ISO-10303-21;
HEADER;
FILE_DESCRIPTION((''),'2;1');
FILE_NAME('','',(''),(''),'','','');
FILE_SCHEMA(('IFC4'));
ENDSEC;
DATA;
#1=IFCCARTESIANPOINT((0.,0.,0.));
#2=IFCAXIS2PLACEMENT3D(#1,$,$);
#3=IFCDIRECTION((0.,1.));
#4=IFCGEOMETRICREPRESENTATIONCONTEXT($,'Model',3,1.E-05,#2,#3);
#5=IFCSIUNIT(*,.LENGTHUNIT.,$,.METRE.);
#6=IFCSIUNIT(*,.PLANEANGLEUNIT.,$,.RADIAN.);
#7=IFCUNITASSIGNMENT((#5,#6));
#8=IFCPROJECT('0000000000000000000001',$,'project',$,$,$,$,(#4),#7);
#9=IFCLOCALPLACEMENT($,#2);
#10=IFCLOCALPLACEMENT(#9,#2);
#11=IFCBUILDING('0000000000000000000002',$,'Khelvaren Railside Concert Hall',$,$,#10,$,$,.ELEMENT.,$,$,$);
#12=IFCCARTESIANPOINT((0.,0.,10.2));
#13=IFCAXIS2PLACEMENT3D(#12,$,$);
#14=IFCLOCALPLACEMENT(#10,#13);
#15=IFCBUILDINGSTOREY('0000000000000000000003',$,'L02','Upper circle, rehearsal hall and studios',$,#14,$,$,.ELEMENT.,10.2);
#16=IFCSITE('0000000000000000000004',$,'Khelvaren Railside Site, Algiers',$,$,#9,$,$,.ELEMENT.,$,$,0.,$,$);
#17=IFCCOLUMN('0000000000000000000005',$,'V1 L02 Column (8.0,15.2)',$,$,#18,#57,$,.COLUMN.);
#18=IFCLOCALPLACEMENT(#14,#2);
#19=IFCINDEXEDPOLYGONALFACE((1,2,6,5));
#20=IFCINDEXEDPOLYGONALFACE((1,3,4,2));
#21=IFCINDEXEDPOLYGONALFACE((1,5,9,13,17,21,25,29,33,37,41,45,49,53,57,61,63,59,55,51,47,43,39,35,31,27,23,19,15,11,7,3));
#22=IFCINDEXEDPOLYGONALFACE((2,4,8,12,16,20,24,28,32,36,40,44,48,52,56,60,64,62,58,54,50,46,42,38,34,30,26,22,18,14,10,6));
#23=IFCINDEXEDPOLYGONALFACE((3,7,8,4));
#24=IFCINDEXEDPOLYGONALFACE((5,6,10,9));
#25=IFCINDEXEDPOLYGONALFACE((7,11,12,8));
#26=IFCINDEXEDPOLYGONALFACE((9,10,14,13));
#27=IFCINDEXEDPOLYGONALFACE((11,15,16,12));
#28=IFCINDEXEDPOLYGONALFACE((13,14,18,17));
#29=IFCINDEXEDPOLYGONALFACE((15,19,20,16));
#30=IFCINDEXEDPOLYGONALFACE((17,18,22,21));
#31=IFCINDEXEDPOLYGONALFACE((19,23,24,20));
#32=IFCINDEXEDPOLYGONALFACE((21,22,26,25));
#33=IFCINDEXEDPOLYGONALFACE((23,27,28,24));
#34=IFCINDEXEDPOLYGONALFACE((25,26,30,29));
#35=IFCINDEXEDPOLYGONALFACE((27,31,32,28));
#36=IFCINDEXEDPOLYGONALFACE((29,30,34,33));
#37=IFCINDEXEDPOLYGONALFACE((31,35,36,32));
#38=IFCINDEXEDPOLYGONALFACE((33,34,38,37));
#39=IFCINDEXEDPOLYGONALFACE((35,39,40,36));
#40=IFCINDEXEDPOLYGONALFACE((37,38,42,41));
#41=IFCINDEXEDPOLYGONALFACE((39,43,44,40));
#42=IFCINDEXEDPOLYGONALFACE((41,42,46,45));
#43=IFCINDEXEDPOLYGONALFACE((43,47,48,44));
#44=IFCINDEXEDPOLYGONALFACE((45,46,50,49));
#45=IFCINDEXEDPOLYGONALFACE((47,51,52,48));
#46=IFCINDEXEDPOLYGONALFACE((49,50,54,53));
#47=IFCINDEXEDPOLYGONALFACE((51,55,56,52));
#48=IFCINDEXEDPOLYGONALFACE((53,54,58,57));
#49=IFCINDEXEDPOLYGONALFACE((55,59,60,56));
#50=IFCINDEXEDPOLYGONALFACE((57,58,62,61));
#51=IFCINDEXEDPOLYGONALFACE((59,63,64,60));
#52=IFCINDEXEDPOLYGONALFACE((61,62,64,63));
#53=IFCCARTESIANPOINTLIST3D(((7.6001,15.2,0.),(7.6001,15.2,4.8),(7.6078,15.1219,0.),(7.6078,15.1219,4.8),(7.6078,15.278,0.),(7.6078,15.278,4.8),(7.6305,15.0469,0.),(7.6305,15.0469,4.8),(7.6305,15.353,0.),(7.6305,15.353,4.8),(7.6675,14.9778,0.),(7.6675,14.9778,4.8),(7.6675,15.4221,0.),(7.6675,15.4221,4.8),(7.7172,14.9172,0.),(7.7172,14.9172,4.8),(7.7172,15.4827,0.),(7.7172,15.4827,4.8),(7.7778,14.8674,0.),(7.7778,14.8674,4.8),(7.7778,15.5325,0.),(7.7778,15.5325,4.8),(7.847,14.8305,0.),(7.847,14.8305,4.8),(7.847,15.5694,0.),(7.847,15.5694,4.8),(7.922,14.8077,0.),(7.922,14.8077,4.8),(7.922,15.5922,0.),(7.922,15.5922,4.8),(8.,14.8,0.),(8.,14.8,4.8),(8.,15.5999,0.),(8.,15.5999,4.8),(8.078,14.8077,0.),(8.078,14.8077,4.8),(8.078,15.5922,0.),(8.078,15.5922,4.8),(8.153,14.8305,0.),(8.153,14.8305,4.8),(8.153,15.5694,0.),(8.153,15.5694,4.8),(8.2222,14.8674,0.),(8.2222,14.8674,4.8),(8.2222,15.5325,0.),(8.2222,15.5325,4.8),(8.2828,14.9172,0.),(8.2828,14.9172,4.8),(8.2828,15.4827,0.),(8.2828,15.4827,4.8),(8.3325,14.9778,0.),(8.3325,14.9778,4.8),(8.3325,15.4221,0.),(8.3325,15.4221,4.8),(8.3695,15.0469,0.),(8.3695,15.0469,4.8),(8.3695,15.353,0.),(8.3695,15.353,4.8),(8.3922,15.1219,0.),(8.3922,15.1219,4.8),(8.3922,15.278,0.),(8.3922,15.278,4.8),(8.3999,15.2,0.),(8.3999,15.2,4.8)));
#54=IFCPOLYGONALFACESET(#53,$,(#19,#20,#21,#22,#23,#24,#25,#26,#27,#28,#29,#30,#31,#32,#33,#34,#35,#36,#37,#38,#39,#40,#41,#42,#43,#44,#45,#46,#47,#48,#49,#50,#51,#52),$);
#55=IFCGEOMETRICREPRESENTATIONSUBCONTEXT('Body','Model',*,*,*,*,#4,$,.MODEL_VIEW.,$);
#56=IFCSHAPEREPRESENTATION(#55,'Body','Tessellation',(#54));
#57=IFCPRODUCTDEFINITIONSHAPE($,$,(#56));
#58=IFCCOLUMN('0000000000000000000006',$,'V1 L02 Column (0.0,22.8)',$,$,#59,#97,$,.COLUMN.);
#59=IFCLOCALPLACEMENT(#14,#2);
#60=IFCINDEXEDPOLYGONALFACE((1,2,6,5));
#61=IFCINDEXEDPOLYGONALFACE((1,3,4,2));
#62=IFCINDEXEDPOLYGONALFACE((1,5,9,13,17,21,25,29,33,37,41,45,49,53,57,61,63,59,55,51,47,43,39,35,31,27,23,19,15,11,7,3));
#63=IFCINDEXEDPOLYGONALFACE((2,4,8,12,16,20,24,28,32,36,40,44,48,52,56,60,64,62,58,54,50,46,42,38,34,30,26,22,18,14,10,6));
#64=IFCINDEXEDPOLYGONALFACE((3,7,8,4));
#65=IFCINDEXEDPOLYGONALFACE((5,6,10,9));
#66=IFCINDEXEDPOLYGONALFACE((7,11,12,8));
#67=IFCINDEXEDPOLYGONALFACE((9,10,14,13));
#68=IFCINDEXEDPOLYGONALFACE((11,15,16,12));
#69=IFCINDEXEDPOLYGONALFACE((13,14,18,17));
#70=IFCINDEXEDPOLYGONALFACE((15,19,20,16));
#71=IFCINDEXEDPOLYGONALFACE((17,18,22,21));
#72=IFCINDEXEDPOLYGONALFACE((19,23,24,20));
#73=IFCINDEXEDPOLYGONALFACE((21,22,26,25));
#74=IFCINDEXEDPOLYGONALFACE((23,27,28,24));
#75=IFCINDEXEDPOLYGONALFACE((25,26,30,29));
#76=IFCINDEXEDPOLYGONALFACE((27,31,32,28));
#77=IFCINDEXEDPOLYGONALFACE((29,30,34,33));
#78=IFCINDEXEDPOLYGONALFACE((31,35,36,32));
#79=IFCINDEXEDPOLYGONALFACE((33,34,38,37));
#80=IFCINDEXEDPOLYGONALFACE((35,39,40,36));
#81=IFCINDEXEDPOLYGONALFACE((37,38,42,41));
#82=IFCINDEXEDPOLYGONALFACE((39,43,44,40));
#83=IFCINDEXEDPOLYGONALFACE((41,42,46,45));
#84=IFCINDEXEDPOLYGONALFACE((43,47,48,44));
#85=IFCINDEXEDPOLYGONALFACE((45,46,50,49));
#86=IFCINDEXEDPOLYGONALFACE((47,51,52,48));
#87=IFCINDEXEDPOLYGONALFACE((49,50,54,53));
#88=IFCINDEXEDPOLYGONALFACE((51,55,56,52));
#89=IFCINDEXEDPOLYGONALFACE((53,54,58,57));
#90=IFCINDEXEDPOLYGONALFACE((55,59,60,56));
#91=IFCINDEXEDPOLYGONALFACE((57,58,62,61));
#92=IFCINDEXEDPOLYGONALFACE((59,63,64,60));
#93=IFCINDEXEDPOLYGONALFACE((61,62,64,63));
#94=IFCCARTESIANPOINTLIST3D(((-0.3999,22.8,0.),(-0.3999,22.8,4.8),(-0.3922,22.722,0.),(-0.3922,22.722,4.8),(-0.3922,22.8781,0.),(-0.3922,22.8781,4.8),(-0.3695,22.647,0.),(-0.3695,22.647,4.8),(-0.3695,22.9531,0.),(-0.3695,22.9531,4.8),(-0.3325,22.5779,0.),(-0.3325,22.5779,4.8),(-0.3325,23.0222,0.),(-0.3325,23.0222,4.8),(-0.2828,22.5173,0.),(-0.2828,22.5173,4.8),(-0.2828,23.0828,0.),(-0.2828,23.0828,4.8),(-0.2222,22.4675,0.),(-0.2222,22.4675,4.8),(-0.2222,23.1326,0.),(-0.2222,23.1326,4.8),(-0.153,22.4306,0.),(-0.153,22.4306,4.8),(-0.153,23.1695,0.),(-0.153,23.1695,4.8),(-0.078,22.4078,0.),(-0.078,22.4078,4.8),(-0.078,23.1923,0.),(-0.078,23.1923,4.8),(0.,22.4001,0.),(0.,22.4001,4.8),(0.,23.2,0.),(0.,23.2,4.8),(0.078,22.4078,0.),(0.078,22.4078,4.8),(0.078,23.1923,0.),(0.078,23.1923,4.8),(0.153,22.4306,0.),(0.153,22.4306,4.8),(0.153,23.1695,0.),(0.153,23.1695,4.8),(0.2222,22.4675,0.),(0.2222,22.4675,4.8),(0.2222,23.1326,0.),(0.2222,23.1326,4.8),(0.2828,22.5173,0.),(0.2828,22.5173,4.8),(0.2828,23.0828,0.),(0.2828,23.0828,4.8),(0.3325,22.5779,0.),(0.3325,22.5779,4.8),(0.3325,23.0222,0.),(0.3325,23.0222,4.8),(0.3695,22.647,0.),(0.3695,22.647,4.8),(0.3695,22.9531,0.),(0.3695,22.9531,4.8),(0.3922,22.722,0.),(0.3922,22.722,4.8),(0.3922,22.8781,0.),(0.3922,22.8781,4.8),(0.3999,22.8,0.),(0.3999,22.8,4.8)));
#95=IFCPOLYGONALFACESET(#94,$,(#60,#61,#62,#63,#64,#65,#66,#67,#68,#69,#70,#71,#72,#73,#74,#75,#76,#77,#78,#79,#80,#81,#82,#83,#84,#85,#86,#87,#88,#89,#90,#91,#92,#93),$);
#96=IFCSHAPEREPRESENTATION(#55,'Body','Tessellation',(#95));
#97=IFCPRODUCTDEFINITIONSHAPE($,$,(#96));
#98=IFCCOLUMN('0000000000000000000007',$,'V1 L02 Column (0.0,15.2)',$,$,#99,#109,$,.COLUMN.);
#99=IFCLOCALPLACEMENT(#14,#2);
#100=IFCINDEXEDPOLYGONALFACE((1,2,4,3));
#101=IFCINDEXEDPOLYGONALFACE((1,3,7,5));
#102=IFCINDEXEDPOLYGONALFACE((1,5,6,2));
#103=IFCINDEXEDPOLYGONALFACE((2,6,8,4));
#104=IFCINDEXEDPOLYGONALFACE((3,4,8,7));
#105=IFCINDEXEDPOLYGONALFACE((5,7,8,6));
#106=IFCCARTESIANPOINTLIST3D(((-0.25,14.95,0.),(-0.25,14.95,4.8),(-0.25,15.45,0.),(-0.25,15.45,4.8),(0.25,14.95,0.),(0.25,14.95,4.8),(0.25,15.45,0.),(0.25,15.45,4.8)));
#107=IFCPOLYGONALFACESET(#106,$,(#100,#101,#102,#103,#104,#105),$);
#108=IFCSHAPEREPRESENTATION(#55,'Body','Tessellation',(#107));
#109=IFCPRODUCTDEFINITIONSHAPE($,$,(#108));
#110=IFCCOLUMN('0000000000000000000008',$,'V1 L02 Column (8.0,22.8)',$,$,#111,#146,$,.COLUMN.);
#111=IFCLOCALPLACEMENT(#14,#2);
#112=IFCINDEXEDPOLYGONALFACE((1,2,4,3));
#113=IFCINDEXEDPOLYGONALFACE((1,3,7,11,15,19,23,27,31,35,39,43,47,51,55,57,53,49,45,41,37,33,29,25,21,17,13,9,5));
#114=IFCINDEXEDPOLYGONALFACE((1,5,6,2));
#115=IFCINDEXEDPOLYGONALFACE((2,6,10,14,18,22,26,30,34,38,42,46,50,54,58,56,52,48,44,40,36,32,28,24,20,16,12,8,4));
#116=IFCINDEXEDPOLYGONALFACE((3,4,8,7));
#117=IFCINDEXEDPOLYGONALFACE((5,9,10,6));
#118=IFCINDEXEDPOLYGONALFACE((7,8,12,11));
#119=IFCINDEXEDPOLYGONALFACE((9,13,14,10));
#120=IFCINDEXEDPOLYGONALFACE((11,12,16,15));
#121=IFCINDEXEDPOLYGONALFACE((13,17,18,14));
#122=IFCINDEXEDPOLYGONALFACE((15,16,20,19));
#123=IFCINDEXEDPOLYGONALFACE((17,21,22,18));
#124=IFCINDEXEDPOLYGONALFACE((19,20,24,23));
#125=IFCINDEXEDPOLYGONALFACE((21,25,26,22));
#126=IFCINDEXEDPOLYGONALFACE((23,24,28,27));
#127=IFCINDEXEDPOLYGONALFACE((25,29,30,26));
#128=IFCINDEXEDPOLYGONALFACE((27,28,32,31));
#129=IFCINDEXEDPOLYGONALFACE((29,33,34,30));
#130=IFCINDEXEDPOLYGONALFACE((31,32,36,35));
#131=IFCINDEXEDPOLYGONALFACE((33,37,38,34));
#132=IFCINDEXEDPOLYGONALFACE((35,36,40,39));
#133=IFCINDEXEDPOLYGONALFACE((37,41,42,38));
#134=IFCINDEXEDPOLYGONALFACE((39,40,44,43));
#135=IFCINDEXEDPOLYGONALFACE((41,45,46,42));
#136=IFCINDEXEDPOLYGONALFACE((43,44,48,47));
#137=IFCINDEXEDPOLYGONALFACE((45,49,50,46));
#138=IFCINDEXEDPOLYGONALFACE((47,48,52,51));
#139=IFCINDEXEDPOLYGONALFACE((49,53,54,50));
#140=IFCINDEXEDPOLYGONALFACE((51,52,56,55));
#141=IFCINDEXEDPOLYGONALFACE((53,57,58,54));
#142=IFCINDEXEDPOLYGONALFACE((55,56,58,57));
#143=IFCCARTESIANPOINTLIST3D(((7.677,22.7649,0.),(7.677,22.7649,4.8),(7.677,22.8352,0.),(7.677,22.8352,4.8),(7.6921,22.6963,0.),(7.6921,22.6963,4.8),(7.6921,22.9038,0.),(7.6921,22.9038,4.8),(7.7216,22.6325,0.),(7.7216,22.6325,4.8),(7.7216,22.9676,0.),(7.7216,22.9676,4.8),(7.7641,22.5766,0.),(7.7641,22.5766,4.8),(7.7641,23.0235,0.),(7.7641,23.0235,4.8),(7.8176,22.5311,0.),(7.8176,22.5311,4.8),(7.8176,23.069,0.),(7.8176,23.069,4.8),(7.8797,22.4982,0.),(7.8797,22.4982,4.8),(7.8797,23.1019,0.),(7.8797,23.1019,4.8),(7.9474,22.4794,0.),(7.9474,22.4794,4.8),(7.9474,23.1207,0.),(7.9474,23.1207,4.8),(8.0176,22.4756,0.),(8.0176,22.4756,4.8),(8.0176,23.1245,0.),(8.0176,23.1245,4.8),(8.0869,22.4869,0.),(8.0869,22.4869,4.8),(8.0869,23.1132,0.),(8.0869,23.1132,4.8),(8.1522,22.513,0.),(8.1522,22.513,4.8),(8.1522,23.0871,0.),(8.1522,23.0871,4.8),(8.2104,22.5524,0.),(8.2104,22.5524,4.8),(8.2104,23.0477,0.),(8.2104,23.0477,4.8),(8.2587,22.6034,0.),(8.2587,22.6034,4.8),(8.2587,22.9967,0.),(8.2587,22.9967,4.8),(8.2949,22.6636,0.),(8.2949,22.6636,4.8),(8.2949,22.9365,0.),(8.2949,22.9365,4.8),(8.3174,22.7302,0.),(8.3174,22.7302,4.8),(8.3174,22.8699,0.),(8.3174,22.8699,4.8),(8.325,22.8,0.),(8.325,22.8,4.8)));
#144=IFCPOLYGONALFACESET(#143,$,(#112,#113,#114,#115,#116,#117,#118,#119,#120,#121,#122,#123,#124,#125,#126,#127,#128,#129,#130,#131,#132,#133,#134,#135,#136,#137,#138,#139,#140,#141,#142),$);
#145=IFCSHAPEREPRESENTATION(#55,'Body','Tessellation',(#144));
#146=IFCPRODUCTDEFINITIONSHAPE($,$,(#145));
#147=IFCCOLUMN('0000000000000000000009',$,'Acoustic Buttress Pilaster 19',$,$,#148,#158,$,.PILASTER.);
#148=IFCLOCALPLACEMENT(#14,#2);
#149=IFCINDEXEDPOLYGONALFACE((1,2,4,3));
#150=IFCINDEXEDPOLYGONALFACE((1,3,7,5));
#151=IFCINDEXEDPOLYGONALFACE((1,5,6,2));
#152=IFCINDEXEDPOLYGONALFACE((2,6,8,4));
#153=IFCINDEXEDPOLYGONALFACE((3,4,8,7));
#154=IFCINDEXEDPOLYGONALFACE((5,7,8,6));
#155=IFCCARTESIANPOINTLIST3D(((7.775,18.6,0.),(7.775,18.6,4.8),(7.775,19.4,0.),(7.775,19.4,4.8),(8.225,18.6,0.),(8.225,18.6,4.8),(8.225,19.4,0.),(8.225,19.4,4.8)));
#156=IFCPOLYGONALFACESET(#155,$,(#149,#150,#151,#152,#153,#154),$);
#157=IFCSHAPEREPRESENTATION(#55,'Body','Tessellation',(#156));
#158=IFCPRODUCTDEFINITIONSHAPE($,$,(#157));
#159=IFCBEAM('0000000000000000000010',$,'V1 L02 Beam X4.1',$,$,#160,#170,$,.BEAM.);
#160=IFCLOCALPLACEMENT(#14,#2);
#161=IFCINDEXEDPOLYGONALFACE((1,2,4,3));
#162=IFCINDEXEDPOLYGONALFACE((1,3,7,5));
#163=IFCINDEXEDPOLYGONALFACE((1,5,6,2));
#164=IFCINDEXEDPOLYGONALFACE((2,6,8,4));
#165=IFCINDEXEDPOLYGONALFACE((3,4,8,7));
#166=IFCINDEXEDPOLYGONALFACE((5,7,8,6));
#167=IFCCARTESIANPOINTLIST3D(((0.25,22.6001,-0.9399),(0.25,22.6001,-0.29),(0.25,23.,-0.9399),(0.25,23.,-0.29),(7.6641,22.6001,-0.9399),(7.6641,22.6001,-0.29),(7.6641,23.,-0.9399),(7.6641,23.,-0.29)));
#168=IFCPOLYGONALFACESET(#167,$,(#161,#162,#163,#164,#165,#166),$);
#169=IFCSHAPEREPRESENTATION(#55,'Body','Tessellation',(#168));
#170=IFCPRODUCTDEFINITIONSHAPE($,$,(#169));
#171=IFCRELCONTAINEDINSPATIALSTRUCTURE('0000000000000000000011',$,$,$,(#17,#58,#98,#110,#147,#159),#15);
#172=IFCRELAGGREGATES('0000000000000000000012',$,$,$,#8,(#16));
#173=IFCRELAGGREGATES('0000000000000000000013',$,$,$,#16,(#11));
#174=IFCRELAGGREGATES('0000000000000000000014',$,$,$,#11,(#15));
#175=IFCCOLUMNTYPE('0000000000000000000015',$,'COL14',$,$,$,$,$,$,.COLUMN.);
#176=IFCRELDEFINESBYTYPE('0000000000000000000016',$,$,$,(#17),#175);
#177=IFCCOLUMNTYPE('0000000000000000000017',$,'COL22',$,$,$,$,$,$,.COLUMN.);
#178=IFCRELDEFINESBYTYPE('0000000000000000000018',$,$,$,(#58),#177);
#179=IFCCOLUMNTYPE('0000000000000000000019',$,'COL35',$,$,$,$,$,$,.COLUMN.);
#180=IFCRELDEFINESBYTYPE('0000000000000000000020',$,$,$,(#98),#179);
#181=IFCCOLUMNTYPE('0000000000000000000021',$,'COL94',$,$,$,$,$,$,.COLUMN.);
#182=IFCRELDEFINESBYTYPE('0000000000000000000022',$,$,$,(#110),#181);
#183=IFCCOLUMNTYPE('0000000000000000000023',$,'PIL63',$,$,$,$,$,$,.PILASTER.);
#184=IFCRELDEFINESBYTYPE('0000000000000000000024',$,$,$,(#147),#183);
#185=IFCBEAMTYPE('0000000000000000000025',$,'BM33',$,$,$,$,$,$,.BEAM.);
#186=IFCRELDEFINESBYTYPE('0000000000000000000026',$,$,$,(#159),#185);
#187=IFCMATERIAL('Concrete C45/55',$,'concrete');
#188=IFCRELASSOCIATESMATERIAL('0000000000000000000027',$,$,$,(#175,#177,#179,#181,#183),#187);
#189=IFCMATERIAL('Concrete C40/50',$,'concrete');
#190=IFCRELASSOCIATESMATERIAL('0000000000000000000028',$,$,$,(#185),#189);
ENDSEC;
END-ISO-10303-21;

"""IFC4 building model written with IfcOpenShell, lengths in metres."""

from ifc_helpers import new_model, si_unit, direction, frame, origin, origin_2d, place, context, subcontext, project, spatial, rectangle, circle, extrude, material, material_profile, profile_set, type_object, element, save


model = new_model("IFC4")

# Units and contexts
model_context = context("Model", 3, precision=1e-05, world=origin(), true_north=direction((0.0, 1.0)))
body_context = subcontext(model_context, "Body", "Model", "MODEL_VIEW")
ifc_project = project(units=[si_unit("LENGTHUNIT", "METRE"), si_unit("PLANEANGLEUNIT", "RADIAN")], contexts=[model_context])

# Site, building, storey
site_placement = place(None, origin())
site = spatial("IfcSite", under=ifc_project, at=site_placement, Name="Khelvaren Railside Site, Algiers", CompositionType="ELEMENT", RefElevation=0.0)
building_placement = place(site_placement, origin())
building = spatial("IfcBuilding", under=site, at=building_placement, Name="Khelvaren Railside Concert Hall", CompositionType="ELEMENT")
storey_placement = place(building_placement, frame((0.0, 0.0, 10.2)))
storey = spatial("IfcBuildingStorey", under=building, at=storey_placement, Name="L02", Description="Upper circle, rehearsal hall and studios", CompositionType="ELEMENT", Elevation=10.2)

# Columns
ifc_material_1 = material(Name="Concrete C45/55", Category="concrete")
ifc_material_profile_1 = material_profile(ifc_material_1, circle(Radius=0.3999, at=origin_2d()), Name="RC D800")
ifc_profile_set_1 = profile_set([ifc_material_profile_1], Name="Concrete C45/55")
column_type_1 = type_object("IfcColumnType", Name="COL14", PredefinedType="COLUMN", material=ifc_profile_set_1)
column_1_placement = place(storey_placement, frame((8.0, 15.2, 0.0), z_axis=(0.0, 0.0, 1.0), x_axis=(1.0, 0.0, 0.0)))
element("IfcColumn", 1, at=column_1_placement, inside=storey, type_object=column_type_1, Name="V1 L02 Column (8.0,15.2)", PredefinedType="COLUMN", context=body_context, shape_type="SweptSolid", body=[
    extrude(circle(Radius=0.3999, at=origin_2d()), origin(), (0.0, 0.0, 1.0), 4.8),
])
ifc_material_profile_2 = material_profile(ifc_material_1, circle(Radius=0.3999, at=origin_2d()), Name="RC D800")
ifc_profile_set_2 = profile_set([ifc_material_profile_2], Name="Concrete C45/55")
column_type_2 = type_object("IfcColumnType", Name="COL22", PredefinedType="COLUMN", material=ifc_profile_set_2)
column_2_placement = place(storey_placement, frame((0.0, 22.8, 0.0), z_axis=(0.0, 0.0, 1.0), x_axis=(1.0, 0.0, 0.0)))
element("IfcColumn", 2, at=column_2_placement, inside=storey, type_object=column_type_2, Name="V1 L02 Column (0.0,22.8)", PredefinedType="COLUMN", context=body_context, shape_type="SweptSolid", body=[
    extrude(circle(Radius=0.3999, at=origin_2d()), origin(), (0.0, 0.0, 1.0), 4.8),
])
ifc_material_profile_3 = material_profile(ifc_material_1, rectangle(XDim=0.5, YDim=0.5, at=origin_2d()), Name="RC 500x500")
ifc_profile_set_3 = profile_set([ifc_material_profile_3], Name="Concrete C45/55")
column_type_3 = type_object("IfcColumnType", Name="COL35", PredefinedType="COLUMN", material=ifc_profile_set_3)
column_3_placement = place(storey_placement, frame((0.0, 15.2, 0.0), z_axis=(0.0, 0.0, 1.0), x_axis=(1.0, 0.0, 0.0)))
element("IfcColumn", 3, at=column_3_placement, inside=storey, type_object=column_type_3, Name="V1 L02 Column (0.0,15.2)", PredefinedType="COLUMN", context=body_context, shape_type="SweptSolid", body=[
    extrude(rectangle(XDim=0.5, YDim=0.5, at=origin_2d()), origin(), (0.0, 0.0, 1.0), 4.8),
])
ifc_material_profile_4 = material_profile(ifc_material_1, circle(Radius=0.325, at=origin_2d()), Name="RC D650")
ifc_profile_set_4 = profile_set([ifc_material_profile_4], Name="Concrete C45/55")
column_type_4 = type_object("IfcColumnType", Name="COL94", PredefinedType="COLUMN", material=ifc_profile_set_4)
column_4_placement = place(storey_placement, frame((8.0, 22.8, 0.0), z_axis=(0.0, 0.0, 1.0), x_axis=(1.0, 0.0, 0.0)))
element("IfcColumn", 4, at=column_4_placement, inside=storey, type_object=column_type_4, Name="V1 L02 Column (8.0,22.8)", PredefinedType="COLUMN", context=body_context, shape_type="SweptSolid", body=[
    extrude(circle(Radius=0.325, at=origin_2d()), origin(), (0.0, 0.0, 1.0), 4.8),
])
ifc_material_profile_5 = material_profile(ifc_material_1, rectangle(XDim=0.45, YDim=0.8, at=origin_2d()), Name="PIL 450x800")
ifc_profile_set_5 = profile_set([ifc_material_profile_5], Name="Concrete C45/55")
column_type_5 = type_object("IfcColumnType", Name="PIL63", PredefinedType="PILASTER", material=ifc_profile_set_5)
column_5_placement = place(storey_placement, frame((8.0, 19.0, 0.0), z_axis=(0.0, 0.0, 1.0), x_axis=(1.0, 0.0, 0.0)))
element("IfcColumn", 5, at=column_5_placement, inside=storey, type_object=column_type_5, Name="Acoustic Buttress Pilaster 19", PredefinedType="PILASTER", context=body_context, shape_type="SweptSolid", body=[
    extrude(rectangle(XDim=0.45, YDim=0.8, at=origin_2d()), origin(), (0.0, 0.0, 1.0), 4.8),
])

# Beam
ifc_material_2 = material(Name="Concrete C40/50", Category="concrete")
ifc_material_profile_6 = material_profile(ifc_material_2, rectangle(XDim=0.3999, YDim=0.6499, at=origin_2d()), Name="RCB 400x650")
ifc_profile_set_6 = profile_set([ifc_material_profile_6], Name="Concrete C40/50")
beam_type_1 = type_object("IfcBeamType", Name="BM33", PredefinedType="BEAM", material=ifc_profile_set_6)
beam_1_placement = place(storey_placement, frame((0.25, 22.8, -0.615), z_axis=(1.0, 0.0, 0.0), x_axis=(0.0, 1.0, 0.0)))
element("IfcBeam", 6, at=beam_1_placement, inside=storey, type_object=beam_type_1, Name="V1 L02 Beam X4.1", PredefinedType="BEAM", context=body_context, shape_type="SweptSolid", body=[
    extrude(rectangle(XDim=0.3999, YDim=0.6499, at=origin_2d()), origin(), (0.0, 0.0, 1.0), 7.4141),
])

save(model, "model.ifc")
